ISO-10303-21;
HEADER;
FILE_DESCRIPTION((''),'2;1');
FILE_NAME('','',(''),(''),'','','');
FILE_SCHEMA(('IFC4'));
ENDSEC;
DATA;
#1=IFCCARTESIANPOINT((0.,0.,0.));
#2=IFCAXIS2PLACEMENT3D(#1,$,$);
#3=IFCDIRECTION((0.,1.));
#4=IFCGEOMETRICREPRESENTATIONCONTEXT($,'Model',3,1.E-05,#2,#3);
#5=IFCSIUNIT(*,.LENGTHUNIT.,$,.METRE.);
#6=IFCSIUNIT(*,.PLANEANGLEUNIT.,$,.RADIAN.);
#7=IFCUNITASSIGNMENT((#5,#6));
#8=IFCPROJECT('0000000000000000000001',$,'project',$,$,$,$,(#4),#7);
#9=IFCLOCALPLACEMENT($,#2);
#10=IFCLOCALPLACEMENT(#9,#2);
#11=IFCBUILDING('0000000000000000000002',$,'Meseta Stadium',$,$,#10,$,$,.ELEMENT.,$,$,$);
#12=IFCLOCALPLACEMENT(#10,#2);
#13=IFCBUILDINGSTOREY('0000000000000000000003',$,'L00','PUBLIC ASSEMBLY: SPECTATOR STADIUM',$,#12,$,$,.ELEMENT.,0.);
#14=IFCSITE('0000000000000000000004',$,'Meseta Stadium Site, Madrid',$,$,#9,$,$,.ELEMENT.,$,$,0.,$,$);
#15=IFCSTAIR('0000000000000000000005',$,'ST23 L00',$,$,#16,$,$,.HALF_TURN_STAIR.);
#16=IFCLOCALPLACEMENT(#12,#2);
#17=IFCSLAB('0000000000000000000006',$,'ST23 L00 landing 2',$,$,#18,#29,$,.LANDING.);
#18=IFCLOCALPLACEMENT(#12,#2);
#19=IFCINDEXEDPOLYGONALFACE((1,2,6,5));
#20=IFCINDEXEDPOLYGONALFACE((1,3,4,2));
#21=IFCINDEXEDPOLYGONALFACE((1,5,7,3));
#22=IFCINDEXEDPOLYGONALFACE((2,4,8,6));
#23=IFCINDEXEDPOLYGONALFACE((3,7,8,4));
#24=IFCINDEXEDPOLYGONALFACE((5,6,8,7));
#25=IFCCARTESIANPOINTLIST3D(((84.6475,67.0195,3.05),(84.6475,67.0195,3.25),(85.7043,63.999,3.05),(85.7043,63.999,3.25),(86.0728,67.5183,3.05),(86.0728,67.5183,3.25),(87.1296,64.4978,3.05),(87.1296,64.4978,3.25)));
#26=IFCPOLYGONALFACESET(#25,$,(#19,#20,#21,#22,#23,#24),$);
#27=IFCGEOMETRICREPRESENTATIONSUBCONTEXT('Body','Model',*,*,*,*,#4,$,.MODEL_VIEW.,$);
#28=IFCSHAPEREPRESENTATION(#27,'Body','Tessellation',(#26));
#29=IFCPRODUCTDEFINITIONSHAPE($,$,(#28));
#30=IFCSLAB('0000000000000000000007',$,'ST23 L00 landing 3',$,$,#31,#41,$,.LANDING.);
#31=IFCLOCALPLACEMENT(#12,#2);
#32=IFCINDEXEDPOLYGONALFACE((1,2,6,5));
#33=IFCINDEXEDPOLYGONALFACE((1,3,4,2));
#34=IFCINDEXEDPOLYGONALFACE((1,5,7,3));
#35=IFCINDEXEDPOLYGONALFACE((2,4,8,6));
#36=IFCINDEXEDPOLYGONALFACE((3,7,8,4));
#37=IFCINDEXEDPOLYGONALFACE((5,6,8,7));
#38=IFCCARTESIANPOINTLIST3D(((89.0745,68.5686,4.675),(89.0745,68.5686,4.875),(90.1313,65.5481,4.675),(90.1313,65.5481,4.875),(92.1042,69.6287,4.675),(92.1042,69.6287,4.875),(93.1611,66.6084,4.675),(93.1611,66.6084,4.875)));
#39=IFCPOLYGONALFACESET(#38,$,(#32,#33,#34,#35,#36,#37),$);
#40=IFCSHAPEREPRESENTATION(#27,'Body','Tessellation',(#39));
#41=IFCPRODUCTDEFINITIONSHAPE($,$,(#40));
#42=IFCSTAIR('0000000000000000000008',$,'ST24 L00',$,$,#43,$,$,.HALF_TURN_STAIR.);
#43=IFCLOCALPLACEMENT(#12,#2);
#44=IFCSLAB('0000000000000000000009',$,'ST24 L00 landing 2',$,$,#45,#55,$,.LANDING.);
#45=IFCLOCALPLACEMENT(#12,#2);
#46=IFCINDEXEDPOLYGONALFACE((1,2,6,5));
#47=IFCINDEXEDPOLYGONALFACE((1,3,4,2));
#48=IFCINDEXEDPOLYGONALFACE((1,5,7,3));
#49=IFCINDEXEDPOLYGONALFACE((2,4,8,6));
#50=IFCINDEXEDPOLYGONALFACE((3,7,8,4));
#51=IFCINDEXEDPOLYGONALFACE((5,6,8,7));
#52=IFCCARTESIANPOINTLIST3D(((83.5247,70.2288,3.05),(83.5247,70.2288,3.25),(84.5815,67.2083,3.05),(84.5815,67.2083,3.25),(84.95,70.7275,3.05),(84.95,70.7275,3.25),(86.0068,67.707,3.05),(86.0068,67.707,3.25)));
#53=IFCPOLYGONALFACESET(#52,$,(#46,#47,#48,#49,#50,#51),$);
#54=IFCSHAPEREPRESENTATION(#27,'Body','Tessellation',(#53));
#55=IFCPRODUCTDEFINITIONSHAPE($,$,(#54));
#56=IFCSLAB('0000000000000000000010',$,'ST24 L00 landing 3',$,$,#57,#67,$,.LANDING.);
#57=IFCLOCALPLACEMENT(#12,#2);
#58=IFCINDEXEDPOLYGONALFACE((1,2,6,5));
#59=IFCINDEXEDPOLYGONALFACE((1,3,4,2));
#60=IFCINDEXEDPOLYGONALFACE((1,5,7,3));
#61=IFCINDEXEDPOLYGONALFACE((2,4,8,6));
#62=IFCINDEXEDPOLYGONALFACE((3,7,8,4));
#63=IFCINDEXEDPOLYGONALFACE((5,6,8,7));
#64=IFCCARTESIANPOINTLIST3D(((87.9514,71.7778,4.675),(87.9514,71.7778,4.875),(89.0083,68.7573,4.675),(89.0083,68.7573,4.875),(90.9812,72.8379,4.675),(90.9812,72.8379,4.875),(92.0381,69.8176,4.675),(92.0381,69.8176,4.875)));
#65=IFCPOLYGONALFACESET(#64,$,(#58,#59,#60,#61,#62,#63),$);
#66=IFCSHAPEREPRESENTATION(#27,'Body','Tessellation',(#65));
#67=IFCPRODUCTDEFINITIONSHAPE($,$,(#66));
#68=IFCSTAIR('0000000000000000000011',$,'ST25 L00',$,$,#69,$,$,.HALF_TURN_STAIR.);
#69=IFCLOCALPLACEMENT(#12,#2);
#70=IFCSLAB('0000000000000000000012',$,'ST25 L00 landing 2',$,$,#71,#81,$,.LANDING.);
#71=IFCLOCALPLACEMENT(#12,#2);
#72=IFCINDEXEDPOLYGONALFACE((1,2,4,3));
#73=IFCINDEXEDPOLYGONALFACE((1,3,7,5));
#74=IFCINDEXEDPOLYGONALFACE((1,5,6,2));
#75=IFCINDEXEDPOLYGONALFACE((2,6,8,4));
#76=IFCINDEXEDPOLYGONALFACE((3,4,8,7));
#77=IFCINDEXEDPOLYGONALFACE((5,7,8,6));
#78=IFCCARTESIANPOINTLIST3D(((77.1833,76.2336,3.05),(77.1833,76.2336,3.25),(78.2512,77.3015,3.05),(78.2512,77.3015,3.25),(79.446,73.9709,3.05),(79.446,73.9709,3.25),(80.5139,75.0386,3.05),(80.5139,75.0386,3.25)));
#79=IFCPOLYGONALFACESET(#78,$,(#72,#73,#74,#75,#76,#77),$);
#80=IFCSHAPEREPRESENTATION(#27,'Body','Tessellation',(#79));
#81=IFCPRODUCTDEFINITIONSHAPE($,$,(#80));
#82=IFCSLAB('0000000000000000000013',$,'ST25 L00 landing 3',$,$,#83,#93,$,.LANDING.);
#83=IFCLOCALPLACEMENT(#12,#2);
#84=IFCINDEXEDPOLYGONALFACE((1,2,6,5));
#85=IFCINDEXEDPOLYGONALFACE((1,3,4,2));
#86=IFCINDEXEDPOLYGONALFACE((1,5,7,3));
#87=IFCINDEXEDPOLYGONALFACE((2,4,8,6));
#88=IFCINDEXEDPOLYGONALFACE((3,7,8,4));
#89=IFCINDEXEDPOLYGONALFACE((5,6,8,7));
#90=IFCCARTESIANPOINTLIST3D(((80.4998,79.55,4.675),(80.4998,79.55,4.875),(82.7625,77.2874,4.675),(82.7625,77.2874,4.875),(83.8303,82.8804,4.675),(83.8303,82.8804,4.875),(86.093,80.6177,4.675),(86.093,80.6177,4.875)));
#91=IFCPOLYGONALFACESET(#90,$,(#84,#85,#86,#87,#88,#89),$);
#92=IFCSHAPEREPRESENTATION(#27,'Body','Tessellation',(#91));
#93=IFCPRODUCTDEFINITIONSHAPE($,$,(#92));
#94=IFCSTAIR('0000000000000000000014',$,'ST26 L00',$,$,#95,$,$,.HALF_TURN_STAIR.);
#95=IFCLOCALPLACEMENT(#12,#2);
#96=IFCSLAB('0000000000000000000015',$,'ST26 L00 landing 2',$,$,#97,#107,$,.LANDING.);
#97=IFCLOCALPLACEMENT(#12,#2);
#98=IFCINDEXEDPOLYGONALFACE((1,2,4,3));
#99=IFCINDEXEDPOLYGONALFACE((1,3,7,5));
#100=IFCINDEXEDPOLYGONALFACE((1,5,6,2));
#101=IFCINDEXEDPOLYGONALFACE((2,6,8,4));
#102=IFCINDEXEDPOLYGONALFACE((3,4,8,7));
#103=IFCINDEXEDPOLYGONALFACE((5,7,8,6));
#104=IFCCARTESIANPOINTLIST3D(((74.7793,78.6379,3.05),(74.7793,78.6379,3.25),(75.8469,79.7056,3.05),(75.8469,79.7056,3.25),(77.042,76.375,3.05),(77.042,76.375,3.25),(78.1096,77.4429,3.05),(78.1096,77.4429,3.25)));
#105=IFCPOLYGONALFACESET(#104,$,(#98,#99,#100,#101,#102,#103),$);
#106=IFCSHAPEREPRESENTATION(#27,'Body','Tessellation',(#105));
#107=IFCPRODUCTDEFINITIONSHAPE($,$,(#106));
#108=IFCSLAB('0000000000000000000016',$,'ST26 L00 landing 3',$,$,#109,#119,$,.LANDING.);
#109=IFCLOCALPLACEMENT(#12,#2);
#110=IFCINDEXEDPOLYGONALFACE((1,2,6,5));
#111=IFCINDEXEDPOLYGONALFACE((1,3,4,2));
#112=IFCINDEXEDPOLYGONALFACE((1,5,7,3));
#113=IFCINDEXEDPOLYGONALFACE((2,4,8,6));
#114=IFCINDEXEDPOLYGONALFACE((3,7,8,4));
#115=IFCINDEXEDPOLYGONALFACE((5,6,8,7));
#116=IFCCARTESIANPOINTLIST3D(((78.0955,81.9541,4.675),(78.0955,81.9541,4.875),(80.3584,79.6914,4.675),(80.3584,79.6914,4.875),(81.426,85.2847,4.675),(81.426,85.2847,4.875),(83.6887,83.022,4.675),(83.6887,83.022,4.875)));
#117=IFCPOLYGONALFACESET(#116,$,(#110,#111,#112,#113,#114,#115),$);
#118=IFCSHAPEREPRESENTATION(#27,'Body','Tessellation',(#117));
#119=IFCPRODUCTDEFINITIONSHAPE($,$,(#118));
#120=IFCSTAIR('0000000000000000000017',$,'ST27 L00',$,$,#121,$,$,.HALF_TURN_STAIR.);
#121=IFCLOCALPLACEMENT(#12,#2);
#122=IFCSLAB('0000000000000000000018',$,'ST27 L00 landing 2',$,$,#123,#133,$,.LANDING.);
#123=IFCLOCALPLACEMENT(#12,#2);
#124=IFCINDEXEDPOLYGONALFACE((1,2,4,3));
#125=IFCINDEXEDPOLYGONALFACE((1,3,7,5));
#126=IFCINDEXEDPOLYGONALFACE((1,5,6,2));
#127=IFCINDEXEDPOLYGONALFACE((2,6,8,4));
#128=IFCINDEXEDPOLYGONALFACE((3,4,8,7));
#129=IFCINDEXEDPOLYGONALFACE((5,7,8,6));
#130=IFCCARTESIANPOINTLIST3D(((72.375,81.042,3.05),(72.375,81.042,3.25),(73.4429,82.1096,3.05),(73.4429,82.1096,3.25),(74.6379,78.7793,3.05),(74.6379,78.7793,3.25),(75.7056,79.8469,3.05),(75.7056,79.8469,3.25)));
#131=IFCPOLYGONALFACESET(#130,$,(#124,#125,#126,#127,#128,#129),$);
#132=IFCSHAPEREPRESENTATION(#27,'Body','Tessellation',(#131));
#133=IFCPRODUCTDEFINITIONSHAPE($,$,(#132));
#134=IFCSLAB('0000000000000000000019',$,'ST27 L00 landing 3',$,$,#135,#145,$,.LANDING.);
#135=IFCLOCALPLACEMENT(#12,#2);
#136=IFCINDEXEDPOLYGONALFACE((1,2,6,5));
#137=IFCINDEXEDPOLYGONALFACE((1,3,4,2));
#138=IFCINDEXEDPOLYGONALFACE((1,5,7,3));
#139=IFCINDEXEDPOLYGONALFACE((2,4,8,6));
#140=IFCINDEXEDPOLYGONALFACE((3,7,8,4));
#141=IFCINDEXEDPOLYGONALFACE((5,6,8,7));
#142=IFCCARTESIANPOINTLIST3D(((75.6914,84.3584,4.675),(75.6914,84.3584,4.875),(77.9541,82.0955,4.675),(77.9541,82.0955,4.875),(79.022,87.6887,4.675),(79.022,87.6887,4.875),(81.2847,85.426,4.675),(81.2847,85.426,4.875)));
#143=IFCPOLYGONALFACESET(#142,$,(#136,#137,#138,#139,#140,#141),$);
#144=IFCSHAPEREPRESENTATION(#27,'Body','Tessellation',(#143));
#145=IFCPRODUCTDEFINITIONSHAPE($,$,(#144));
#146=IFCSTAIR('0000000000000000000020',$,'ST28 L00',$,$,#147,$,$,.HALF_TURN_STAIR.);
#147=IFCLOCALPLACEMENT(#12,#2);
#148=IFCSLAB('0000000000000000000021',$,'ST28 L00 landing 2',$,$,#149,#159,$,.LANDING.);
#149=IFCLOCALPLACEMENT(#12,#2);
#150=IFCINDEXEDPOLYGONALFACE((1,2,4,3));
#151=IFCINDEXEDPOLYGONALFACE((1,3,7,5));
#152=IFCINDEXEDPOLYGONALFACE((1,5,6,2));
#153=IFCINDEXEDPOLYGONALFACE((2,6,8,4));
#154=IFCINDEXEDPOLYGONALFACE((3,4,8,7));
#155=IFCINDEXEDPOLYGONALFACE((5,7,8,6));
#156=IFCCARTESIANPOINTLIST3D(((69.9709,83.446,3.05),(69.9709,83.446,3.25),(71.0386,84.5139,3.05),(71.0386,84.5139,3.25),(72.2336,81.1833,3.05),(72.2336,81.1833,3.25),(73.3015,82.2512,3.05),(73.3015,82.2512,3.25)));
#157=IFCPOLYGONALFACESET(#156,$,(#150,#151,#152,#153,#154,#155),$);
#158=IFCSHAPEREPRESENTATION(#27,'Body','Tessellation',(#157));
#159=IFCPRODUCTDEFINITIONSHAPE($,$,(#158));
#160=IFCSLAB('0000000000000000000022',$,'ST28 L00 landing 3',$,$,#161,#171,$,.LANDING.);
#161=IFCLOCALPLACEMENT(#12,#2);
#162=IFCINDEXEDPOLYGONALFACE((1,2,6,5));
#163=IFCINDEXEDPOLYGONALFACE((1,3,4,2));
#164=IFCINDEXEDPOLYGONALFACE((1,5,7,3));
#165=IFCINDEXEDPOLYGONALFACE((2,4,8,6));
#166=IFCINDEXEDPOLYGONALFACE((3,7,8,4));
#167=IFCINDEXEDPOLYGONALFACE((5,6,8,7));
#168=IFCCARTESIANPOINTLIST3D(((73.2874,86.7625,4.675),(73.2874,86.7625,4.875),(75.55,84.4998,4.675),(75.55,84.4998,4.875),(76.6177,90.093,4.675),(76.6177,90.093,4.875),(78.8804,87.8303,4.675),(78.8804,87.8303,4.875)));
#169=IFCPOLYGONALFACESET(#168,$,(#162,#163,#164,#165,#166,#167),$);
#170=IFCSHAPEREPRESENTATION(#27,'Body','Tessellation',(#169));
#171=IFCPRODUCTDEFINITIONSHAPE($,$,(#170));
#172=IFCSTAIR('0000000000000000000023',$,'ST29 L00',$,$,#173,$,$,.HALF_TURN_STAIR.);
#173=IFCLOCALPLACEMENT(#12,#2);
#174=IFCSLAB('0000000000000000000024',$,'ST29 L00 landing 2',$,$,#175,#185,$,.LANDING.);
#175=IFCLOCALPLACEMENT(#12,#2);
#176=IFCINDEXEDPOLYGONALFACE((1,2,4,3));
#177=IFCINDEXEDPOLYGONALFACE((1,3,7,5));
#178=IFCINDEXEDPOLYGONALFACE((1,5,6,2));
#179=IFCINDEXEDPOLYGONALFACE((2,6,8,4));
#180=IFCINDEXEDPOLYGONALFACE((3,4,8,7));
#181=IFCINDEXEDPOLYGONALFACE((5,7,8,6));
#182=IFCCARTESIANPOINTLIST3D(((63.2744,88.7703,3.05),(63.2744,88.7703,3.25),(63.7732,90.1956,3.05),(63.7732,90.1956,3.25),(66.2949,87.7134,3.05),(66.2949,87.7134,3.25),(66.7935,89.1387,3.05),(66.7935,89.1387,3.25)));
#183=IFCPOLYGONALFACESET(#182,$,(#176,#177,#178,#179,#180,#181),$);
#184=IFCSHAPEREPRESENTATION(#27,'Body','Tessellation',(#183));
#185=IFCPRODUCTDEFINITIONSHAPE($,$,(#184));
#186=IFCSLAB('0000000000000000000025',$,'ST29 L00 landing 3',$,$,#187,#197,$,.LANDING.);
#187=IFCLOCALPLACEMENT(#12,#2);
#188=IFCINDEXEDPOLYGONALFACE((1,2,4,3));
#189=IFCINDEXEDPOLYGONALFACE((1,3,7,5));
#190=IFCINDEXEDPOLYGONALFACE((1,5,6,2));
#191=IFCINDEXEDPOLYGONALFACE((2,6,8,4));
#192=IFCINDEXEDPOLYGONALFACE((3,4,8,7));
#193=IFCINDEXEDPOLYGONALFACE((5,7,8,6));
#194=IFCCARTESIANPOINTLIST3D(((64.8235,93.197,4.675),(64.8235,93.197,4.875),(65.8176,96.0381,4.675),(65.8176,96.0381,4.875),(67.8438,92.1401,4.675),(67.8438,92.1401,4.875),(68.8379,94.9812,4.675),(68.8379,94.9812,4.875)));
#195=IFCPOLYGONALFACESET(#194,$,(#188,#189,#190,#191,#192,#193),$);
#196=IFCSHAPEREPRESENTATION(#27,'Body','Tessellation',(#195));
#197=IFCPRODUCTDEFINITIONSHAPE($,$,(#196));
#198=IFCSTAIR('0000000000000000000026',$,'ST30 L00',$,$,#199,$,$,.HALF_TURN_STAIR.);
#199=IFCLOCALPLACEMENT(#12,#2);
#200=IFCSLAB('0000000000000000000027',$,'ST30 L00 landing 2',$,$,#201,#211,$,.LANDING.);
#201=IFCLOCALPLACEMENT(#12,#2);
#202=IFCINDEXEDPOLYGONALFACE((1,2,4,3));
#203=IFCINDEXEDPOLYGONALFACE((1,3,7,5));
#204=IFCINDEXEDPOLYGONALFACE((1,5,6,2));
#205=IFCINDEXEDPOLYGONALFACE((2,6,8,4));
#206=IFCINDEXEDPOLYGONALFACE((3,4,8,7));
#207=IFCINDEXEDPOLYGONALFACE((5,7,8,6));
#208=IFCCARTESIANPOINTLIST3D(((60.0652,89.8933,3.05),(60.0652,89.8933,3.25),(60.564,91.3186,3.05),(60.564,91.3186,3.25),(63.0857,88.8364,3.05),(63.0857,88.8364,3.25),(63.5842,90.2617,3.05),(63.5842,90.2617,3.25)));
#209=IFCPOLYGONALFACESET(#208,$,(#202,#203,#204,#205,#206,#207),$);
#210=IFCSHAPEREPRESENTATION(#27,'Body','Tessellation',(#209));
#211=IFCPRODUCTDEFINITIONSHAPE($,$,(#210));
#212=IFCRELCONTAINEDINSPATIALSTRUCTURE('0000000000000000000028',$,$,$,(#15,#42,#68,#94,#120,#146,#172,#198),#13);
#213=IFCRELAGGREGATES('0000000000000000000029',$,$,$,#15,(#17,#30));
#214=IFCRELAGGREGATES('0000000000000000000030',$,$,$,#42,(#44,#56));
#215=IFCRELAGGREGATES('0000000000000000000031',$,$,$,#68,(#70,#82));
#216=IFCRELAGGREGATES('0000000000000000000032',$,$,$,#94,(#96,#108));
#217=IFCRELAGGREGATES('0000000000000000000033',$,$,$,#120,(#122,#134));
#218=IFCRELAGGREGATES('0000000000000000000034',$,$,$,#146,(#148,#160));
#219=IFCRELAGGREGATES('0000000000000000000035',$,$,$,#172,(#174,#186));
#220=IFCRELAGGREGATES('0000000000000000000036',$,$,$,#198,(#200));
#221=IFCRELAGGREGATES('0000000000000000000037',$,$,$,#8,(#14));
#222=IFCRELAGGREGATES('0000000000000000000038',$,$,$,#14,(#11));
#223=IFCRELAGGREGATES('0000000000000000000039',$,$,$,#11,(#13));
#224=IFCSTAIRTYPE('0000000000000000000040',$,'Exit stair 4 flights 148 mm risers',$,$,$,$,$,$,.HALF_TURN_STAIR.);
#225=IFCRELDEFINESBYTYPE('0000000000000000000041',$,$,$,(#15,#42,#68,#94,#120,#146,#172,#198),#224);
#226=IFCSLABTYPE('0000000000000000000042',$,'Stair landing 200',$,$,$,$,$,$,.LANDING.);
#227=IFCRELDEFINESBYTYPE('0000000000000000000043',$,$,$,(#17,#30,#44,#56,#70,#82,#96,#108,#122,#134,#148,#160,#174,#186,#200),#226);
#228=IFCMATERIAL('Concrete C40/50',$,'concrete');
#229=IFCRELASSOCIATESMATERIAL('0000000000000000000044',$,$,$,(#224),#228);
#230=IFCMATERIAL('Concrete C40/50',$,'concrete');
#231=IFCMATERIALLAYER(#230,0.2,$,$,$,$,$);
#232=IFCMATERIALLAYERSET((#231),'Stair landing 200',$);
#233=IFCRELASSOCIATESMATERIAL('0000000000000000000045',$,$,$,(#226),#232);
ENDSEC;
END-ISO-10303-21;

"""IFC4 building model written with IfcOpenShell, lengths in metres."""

from ifc_helpers import new_model, si_unit, direction, frame, origin, place, context, subcontext, project, spatial, polyline, outline, extrude, material, layer, layer_set, type_object, element, aggregate, save


model = new_model("IFC4")

# Units and contexts
model_context = context("Model", 3, precision=1e-05, world=origin(), true_north=direction((0.0, 1.0)))
body_context = subcontext(model_context, "Body", "Model", "MODEL_VIEW")
ifc_project = project(units=[si_unit("LENGTHUNIT", "METRE"), si_unit("PLANEANGLEUNIT", "RADIAN")], contexts=[model_context])

# Site, building, storey
site_placement = place(None, origin())
site = spatial("IfcSite", under=ifc_project, at=site_placement, Name="Meseta Stadium Site, Madrid", CompositionType="ELEMENT", RefElevation=0.0)
building_placement = place(site_placement, origin())
building = spatial("IfcBuilding", under=site, at=building_placement, Name="Meseta Stadium", CompositionType="ELEMENT")
storey_placement = place(building_placement, origin())
storey = spatial("IfcBuildingStorey", under=building, at=storey_placement, Name="L00", Description="PUBLIC ASSEMBLY: SPECTATOR STADIUM", CompositionType="ELEMENT", Elevation=0.0)

# Shared definitions
ifc_material_1 = material(Name="Concrete C40/50", Category="concrete")
stair_type = type_object("IfcStairType", Name="Exit stair 4 flights 148 mm risers", PredefinedType="HALF_TURN_STAIR", material=ifc_material_1)
ifc_material_2 = material(Name="Concrete C40/50", Category="concrete")
ifc_layer = layer(ifc_material_2, 0.2)
ifc_layer_set = layer_set([ifc_layer], Name="Stair landing 200")
slab_type = type_object("IfcSlabType", Name="Stair landing 200", PredefinedType="LANDING", material=ifc_layer_set)

# Stairs, slabs
stair_1_placement = place(storey_placement, origin())
stair_1 = element("IfcStair", 1, at=stair_1_placement, inside=storey, type_object=stair_type, Name="ST23 L00", PredefinedType="HALF_TURN_STAIR")
slab_1_placement = place(storey_placement, frame((0.0, 0.0, 3.05)))
slab_1 = element("IfcSlab", 2, at=slab_1_placement, type_object=slab_type, Name="ST23 L00 landing 2", PredefinedType="LANDING", context=body_context, shape_type="SweptSolid", body=[
    extrude(outline(polyline([(85.7043, 63.999), (87.1296, 64.4978), (86.0728, 67.5183), (84.6475, 67.0195), (85.7043, 63.999)])), origin(), (0.0, 0.0, 1.0), 0.2),
])
slab_2_placement = place(storey_placement, frame((0.0, 0.0, 4.675)))
slab_2 = element("IfcSlab", 3, at=slab_2_placement, type_object=slab_type, Name="ST23 L00 landing 3", PredefinedType="LANDING", context=body_context, shape_type="SweptSolid", body=[
    extrude(outline(polyline([(90.1313, 65.5481), (93.1611, 66.6084), (92.1042, 69.6287), (89.0745, 68.5686), (90.1313, 65.5481)])), origin(), (0.0, 0.0, 1.0), 0.2),
])
aggregate(stair_1, [slab_1, slab_2])
stair_2_placement = place(storey_placement, origin())
stair_2 = element("IfcStair", 4, at=stair_2_placement, inside=storey, type_object=stair_type, Name="ST24 L00", PredefinedType="HALF_TURN_STAIR")
slab_3_placement = place(storey_placement, frame((0.0, 0.0, 3.05)))
slab_3 = element("IfcSlab", 5, at=slab_3_placement, type_object=slab_type, Name="ST24 L00 landing 2", PredefinedType="LANDING", context=body_context, shape_type="SweptSolid", body=[
    extrude(outline(polyline([(84.5815, 67.2083), (86.0068, 67.707), (84.95, 70.7275), (83.5247, 70.2288), (84.5815, 67.2083)])), origin(), (0.0, 0.0, 1.0), 0.2),
])
slab_4_placement = place(storey_placement, frame((0.0, 0.0, 4.675)))
slab_4 = element("IfcSlab", 6, at=slab_4_placement, type_object=slab_type, Name="ST24 L00 landing 3", PredefinedType="LANDING", context=body_context, shape_type="SweptSolid", body=[
    extrude(outline(polyline([(89.0083, 68.7573), (92.0381, 69.8176), (90.9812, 72.8379), (87.9514, 71.7778), (89.0083, 68.7573)])), origin(), (0.0, 0.0, 1.0), 0.2),
])
aggregate(stair_2, [slab_3, slab_4])
stair_3_placement = place(storey_placement, origin())
stair_3 = element("IfcStair", 7, at=stair_3_placement, inside=storey, type_object=stair_type, Name="ST25 L00", PredefinedType="HALF_TURN_STAIR")
slab_5_placement = place(storey_placement, frame((0.0, 0.0, 3.05)))
slab_5 = element("IfcSlab", 8, at=slab_5_placement, type_object=slab_type, Name="ST25 L00 landing 2", PredefinedType="LANDING", context=body_context, shape_type="SweptSolid", body=[
    extrude(outline(polyline([(79.446, 73.9709), (80.5139, 75.0386), (78.2512, 77.3015), (77.1833, 76.2336), (79.446, 73.9709)])), origin(), (0.0, 0.0, 1.0), 0.2),
])
slab_6_placement = place(storey_placement, frame((0.0, 0.0, 4.675)))
slab_6 = element("IfcSlab", 9, at=slab_6_placement, type_object=slab_type, Name="ST25 L00 landing 3", PredefinedType="LANDING", context=body_context, shape_type="SweptSolid", body=[
    extrude(outline(polyline([(82.7625, 77.2874), (86.093, 80.6177), (83.8303, 82.8804), (80.4998, 79.55), (82.7625, 77.2874)])), origin(), (0.0, 0.0, 1.0), 0.2),
])
aggregate(stair_3, [slab_5, slab_6])
stair_4_placement = place(storey_placement, origin())
stair_4 = element("IfcStair", 10, at=stair_4_placement, inside=storey, type_object=stair_type, Name="ST26 L00", PredefinedType="HALF_TURN_STAIR")
slab_7_placement = place(storey_placement, frame((0.0, 0.0, 3.05)))
slab_7 = element("IfcSlab", 11, at=slab_7_placement, type_object=slab_type, Name="ST26 L00 landing 2", PredefinedType="LANDING", context=body_context, shape_type="SweptSolid", body=[
    extrude(outline(polyline([(77.042, 76.375), (78.1096, 77.4429), (75.8469, 79.7056), (74.7793, 78.6379), (77.042, 76.375)])), origin(), (0.0, 0.0, 1.0), 0.2),
])
slab_8_placement = place(storey_placement, frame((0.0, 0.0, 4.675)))
slab_8 = element("IfcSlab", 12, at=slab_8_placement, type_object=slab_type, Name="ST26 L00 landing 3", PredefinedType="LANDING", context=body_context, shape_type="SweptSolid", body=[
    extrude(outline(polyline([(80.3584, 79.6914), (83.6887, 83.022), (81.426, 85.2847), (78.0955, 81.9541), (80.3584, 79.6914)])), origin(), (0.0, 0.0, 1.0), 0.2),
])
aggregate(stair_4, [slab_7, slab_8])
stair_5_placement = place(storey_placement, origin())
stair_5 = element("IfcStair", 13, at=stair_5_placement, inside=storey, type_object=stair_type, Name="ST27 L00", PredefinedType="HALF_TURN_STAIR")
slab_9_placement = place(storey_placement, frame((0.0, 0.0, 3.05)))
slab_9 = element("IfcSlab", 14, at=slab_9_placement, type_object=slab_type, Name="ST27 L00 landing 2", PredefinedType="LANDING", context=body_context, shape_type="SweptSolid", body=[
    extrude(outline(polyline([(74.6379, 78.7793), (75.7056, 79.8469), (73.4429, 82.1096), (72.375, 81.042), (74.6379, 78.7793)])), origin(), (0.0, 0.0, 1.0), 0.2),
])
slab_10_placement = place(storey_placement, frame((0.0, 0.0, 4.675)))
slab_10 = element("IfcSlab", 15, at=slab_10_placement, type_object=slab_type, Name="ST27 L00 landing 3", PredefinedType="LANDING", context=body_context, shape_type="SweptSolid", body=[
    extrude(outline(polyline([(77.9541, 82.0955), (81.2847, 85.426), (79.022, 87.6887), (75.6914, 84.3584), (77.9541, 82.0955)])), origin(), (0.0, 0.0, 1.0), 0.2),
])
aggregate(stair_5, [slab_9, slab_10])
stair_6_placement = place(storey_placement, origin())
stair_6 = element("IfcStair", 16, at=stair_6_placement, inside=storey, type_object=stair_type, Name="ST28 L00", PredefinedType="HALF_TURN_STAIR")
slab_11_placement = place(storey_placement, frame((0.0, 0.0, 3.05)))
slab_11 = element("IfcSlab", 17, at=slab_11_placement, type_object=slab_type, Name="ST28 L00 landing 2", PredefinedType="LANDING", context=body_context, shape_type="SweptSolid", body=[
    extrude(outline(polyline([(72.2336, 81.1833), (73.3015, 82.2512), (71.0386, 84.5139), (69.9709, 83.446), (72.2336, 81.1833)])), origin(), (0.0, 0.0, 1.0), 0.2),
])
slab_12_placement = place(storey_placement, frame((0.0, 0.0, 4.675)))
slab_12 = element("IfcSlab", 18, at=slab_12_placement, type_object=slab_type, Name="ST28 L00 landing 3", PredefinedType="LANDING", context=body_context, shape_type="SweptSolid", body=[
    extrude(outline(polyline([(75.55, 84.4998), (78.8804, 87.8303), (76.6177, 90.093), (73.2874, 86.7625), (75.55, 84.4998)])), origin(), (0.0, 0.0, 1.0), 0.2),
])
aggregate(stair_6, [slab_11, slab_12])
stair_7_placement = place(storey_placement, origin())
stair_7 = element("IfcStair", 19, at=stair_7_placement, inside=storey, type_object=stair_type, Name="ST29 L00", PredefinedType="HALF_TURN_STAIR")
slab_13_placement = place(storey_placement, frame((0.0, 0.0, 3.05)))
slab_13 = element("IfcSlab", 20, at=slab_13_placement, type_object=slab_type, Name="ST29 L00 landing 2", PredefinedType="LANDING", context=body_context, shape_type="SweptSolid", body=[
    extrude(outline(polyline([(66.2949, 87.7134), (66.7935, 89.1387), (63.7732, 90.1956), (63.2744, 88.7703), (66.2949, 87.7134)])), origin(), (0.0, 0.0, 1.0), 0.2),
])
slab_14_placement = place(storey_placement, frame((0.0, 0.0, 4.675)))
slab_14 = element("IfcSlab", 21, at=slab_14_placement, type_object=slab_type, Name="ST29 L00 landing 3", PredefinedType="LANDING", context=body_context, shape_type="SweptSolid", body=[
    extrude(outline(polyline([(67.8438, 92.1401), (68.8379, 94.9812), (65.8176, 96.0381), (64.8235, 93.197), (67.8438, 92.1401)])), origin(), (0.0, 0.0, 1.0), 0.2),
])
aggregate(stair_7, [slab_13, slab_14])
stair_8_placement = place(storey_placement, origin())
stair_8 = element("IfcStair", 22, at=stair_8_placement, inside=storey, type_object=stair_type, Name="ST30 L00", PredefinedType="HALF_TURN_STAIR")
slab_15_placement = place(storey_placement, frame((0.0, 0.0, 3.05)))
slab_15 = element("IfcSlab", 23, at=slab_15_placement, type_object=slab_type, Name="ST30 L00 landing 2", PredefinedType="LANDING", context=body_context, shape_type="SweptSolid", body=[
    extrude(outline(polyline([(63.0857, 88.8364), (63.5842, 90.2617), (60.564, 91.3186), (60.0652, 89.8933), (63.0857, 88.8364)])), origin(), (0.0, 0.0, 1.0), 0.2),
])
aggregate(stair_8, [slab_15])

save(model, "model.ifc")
